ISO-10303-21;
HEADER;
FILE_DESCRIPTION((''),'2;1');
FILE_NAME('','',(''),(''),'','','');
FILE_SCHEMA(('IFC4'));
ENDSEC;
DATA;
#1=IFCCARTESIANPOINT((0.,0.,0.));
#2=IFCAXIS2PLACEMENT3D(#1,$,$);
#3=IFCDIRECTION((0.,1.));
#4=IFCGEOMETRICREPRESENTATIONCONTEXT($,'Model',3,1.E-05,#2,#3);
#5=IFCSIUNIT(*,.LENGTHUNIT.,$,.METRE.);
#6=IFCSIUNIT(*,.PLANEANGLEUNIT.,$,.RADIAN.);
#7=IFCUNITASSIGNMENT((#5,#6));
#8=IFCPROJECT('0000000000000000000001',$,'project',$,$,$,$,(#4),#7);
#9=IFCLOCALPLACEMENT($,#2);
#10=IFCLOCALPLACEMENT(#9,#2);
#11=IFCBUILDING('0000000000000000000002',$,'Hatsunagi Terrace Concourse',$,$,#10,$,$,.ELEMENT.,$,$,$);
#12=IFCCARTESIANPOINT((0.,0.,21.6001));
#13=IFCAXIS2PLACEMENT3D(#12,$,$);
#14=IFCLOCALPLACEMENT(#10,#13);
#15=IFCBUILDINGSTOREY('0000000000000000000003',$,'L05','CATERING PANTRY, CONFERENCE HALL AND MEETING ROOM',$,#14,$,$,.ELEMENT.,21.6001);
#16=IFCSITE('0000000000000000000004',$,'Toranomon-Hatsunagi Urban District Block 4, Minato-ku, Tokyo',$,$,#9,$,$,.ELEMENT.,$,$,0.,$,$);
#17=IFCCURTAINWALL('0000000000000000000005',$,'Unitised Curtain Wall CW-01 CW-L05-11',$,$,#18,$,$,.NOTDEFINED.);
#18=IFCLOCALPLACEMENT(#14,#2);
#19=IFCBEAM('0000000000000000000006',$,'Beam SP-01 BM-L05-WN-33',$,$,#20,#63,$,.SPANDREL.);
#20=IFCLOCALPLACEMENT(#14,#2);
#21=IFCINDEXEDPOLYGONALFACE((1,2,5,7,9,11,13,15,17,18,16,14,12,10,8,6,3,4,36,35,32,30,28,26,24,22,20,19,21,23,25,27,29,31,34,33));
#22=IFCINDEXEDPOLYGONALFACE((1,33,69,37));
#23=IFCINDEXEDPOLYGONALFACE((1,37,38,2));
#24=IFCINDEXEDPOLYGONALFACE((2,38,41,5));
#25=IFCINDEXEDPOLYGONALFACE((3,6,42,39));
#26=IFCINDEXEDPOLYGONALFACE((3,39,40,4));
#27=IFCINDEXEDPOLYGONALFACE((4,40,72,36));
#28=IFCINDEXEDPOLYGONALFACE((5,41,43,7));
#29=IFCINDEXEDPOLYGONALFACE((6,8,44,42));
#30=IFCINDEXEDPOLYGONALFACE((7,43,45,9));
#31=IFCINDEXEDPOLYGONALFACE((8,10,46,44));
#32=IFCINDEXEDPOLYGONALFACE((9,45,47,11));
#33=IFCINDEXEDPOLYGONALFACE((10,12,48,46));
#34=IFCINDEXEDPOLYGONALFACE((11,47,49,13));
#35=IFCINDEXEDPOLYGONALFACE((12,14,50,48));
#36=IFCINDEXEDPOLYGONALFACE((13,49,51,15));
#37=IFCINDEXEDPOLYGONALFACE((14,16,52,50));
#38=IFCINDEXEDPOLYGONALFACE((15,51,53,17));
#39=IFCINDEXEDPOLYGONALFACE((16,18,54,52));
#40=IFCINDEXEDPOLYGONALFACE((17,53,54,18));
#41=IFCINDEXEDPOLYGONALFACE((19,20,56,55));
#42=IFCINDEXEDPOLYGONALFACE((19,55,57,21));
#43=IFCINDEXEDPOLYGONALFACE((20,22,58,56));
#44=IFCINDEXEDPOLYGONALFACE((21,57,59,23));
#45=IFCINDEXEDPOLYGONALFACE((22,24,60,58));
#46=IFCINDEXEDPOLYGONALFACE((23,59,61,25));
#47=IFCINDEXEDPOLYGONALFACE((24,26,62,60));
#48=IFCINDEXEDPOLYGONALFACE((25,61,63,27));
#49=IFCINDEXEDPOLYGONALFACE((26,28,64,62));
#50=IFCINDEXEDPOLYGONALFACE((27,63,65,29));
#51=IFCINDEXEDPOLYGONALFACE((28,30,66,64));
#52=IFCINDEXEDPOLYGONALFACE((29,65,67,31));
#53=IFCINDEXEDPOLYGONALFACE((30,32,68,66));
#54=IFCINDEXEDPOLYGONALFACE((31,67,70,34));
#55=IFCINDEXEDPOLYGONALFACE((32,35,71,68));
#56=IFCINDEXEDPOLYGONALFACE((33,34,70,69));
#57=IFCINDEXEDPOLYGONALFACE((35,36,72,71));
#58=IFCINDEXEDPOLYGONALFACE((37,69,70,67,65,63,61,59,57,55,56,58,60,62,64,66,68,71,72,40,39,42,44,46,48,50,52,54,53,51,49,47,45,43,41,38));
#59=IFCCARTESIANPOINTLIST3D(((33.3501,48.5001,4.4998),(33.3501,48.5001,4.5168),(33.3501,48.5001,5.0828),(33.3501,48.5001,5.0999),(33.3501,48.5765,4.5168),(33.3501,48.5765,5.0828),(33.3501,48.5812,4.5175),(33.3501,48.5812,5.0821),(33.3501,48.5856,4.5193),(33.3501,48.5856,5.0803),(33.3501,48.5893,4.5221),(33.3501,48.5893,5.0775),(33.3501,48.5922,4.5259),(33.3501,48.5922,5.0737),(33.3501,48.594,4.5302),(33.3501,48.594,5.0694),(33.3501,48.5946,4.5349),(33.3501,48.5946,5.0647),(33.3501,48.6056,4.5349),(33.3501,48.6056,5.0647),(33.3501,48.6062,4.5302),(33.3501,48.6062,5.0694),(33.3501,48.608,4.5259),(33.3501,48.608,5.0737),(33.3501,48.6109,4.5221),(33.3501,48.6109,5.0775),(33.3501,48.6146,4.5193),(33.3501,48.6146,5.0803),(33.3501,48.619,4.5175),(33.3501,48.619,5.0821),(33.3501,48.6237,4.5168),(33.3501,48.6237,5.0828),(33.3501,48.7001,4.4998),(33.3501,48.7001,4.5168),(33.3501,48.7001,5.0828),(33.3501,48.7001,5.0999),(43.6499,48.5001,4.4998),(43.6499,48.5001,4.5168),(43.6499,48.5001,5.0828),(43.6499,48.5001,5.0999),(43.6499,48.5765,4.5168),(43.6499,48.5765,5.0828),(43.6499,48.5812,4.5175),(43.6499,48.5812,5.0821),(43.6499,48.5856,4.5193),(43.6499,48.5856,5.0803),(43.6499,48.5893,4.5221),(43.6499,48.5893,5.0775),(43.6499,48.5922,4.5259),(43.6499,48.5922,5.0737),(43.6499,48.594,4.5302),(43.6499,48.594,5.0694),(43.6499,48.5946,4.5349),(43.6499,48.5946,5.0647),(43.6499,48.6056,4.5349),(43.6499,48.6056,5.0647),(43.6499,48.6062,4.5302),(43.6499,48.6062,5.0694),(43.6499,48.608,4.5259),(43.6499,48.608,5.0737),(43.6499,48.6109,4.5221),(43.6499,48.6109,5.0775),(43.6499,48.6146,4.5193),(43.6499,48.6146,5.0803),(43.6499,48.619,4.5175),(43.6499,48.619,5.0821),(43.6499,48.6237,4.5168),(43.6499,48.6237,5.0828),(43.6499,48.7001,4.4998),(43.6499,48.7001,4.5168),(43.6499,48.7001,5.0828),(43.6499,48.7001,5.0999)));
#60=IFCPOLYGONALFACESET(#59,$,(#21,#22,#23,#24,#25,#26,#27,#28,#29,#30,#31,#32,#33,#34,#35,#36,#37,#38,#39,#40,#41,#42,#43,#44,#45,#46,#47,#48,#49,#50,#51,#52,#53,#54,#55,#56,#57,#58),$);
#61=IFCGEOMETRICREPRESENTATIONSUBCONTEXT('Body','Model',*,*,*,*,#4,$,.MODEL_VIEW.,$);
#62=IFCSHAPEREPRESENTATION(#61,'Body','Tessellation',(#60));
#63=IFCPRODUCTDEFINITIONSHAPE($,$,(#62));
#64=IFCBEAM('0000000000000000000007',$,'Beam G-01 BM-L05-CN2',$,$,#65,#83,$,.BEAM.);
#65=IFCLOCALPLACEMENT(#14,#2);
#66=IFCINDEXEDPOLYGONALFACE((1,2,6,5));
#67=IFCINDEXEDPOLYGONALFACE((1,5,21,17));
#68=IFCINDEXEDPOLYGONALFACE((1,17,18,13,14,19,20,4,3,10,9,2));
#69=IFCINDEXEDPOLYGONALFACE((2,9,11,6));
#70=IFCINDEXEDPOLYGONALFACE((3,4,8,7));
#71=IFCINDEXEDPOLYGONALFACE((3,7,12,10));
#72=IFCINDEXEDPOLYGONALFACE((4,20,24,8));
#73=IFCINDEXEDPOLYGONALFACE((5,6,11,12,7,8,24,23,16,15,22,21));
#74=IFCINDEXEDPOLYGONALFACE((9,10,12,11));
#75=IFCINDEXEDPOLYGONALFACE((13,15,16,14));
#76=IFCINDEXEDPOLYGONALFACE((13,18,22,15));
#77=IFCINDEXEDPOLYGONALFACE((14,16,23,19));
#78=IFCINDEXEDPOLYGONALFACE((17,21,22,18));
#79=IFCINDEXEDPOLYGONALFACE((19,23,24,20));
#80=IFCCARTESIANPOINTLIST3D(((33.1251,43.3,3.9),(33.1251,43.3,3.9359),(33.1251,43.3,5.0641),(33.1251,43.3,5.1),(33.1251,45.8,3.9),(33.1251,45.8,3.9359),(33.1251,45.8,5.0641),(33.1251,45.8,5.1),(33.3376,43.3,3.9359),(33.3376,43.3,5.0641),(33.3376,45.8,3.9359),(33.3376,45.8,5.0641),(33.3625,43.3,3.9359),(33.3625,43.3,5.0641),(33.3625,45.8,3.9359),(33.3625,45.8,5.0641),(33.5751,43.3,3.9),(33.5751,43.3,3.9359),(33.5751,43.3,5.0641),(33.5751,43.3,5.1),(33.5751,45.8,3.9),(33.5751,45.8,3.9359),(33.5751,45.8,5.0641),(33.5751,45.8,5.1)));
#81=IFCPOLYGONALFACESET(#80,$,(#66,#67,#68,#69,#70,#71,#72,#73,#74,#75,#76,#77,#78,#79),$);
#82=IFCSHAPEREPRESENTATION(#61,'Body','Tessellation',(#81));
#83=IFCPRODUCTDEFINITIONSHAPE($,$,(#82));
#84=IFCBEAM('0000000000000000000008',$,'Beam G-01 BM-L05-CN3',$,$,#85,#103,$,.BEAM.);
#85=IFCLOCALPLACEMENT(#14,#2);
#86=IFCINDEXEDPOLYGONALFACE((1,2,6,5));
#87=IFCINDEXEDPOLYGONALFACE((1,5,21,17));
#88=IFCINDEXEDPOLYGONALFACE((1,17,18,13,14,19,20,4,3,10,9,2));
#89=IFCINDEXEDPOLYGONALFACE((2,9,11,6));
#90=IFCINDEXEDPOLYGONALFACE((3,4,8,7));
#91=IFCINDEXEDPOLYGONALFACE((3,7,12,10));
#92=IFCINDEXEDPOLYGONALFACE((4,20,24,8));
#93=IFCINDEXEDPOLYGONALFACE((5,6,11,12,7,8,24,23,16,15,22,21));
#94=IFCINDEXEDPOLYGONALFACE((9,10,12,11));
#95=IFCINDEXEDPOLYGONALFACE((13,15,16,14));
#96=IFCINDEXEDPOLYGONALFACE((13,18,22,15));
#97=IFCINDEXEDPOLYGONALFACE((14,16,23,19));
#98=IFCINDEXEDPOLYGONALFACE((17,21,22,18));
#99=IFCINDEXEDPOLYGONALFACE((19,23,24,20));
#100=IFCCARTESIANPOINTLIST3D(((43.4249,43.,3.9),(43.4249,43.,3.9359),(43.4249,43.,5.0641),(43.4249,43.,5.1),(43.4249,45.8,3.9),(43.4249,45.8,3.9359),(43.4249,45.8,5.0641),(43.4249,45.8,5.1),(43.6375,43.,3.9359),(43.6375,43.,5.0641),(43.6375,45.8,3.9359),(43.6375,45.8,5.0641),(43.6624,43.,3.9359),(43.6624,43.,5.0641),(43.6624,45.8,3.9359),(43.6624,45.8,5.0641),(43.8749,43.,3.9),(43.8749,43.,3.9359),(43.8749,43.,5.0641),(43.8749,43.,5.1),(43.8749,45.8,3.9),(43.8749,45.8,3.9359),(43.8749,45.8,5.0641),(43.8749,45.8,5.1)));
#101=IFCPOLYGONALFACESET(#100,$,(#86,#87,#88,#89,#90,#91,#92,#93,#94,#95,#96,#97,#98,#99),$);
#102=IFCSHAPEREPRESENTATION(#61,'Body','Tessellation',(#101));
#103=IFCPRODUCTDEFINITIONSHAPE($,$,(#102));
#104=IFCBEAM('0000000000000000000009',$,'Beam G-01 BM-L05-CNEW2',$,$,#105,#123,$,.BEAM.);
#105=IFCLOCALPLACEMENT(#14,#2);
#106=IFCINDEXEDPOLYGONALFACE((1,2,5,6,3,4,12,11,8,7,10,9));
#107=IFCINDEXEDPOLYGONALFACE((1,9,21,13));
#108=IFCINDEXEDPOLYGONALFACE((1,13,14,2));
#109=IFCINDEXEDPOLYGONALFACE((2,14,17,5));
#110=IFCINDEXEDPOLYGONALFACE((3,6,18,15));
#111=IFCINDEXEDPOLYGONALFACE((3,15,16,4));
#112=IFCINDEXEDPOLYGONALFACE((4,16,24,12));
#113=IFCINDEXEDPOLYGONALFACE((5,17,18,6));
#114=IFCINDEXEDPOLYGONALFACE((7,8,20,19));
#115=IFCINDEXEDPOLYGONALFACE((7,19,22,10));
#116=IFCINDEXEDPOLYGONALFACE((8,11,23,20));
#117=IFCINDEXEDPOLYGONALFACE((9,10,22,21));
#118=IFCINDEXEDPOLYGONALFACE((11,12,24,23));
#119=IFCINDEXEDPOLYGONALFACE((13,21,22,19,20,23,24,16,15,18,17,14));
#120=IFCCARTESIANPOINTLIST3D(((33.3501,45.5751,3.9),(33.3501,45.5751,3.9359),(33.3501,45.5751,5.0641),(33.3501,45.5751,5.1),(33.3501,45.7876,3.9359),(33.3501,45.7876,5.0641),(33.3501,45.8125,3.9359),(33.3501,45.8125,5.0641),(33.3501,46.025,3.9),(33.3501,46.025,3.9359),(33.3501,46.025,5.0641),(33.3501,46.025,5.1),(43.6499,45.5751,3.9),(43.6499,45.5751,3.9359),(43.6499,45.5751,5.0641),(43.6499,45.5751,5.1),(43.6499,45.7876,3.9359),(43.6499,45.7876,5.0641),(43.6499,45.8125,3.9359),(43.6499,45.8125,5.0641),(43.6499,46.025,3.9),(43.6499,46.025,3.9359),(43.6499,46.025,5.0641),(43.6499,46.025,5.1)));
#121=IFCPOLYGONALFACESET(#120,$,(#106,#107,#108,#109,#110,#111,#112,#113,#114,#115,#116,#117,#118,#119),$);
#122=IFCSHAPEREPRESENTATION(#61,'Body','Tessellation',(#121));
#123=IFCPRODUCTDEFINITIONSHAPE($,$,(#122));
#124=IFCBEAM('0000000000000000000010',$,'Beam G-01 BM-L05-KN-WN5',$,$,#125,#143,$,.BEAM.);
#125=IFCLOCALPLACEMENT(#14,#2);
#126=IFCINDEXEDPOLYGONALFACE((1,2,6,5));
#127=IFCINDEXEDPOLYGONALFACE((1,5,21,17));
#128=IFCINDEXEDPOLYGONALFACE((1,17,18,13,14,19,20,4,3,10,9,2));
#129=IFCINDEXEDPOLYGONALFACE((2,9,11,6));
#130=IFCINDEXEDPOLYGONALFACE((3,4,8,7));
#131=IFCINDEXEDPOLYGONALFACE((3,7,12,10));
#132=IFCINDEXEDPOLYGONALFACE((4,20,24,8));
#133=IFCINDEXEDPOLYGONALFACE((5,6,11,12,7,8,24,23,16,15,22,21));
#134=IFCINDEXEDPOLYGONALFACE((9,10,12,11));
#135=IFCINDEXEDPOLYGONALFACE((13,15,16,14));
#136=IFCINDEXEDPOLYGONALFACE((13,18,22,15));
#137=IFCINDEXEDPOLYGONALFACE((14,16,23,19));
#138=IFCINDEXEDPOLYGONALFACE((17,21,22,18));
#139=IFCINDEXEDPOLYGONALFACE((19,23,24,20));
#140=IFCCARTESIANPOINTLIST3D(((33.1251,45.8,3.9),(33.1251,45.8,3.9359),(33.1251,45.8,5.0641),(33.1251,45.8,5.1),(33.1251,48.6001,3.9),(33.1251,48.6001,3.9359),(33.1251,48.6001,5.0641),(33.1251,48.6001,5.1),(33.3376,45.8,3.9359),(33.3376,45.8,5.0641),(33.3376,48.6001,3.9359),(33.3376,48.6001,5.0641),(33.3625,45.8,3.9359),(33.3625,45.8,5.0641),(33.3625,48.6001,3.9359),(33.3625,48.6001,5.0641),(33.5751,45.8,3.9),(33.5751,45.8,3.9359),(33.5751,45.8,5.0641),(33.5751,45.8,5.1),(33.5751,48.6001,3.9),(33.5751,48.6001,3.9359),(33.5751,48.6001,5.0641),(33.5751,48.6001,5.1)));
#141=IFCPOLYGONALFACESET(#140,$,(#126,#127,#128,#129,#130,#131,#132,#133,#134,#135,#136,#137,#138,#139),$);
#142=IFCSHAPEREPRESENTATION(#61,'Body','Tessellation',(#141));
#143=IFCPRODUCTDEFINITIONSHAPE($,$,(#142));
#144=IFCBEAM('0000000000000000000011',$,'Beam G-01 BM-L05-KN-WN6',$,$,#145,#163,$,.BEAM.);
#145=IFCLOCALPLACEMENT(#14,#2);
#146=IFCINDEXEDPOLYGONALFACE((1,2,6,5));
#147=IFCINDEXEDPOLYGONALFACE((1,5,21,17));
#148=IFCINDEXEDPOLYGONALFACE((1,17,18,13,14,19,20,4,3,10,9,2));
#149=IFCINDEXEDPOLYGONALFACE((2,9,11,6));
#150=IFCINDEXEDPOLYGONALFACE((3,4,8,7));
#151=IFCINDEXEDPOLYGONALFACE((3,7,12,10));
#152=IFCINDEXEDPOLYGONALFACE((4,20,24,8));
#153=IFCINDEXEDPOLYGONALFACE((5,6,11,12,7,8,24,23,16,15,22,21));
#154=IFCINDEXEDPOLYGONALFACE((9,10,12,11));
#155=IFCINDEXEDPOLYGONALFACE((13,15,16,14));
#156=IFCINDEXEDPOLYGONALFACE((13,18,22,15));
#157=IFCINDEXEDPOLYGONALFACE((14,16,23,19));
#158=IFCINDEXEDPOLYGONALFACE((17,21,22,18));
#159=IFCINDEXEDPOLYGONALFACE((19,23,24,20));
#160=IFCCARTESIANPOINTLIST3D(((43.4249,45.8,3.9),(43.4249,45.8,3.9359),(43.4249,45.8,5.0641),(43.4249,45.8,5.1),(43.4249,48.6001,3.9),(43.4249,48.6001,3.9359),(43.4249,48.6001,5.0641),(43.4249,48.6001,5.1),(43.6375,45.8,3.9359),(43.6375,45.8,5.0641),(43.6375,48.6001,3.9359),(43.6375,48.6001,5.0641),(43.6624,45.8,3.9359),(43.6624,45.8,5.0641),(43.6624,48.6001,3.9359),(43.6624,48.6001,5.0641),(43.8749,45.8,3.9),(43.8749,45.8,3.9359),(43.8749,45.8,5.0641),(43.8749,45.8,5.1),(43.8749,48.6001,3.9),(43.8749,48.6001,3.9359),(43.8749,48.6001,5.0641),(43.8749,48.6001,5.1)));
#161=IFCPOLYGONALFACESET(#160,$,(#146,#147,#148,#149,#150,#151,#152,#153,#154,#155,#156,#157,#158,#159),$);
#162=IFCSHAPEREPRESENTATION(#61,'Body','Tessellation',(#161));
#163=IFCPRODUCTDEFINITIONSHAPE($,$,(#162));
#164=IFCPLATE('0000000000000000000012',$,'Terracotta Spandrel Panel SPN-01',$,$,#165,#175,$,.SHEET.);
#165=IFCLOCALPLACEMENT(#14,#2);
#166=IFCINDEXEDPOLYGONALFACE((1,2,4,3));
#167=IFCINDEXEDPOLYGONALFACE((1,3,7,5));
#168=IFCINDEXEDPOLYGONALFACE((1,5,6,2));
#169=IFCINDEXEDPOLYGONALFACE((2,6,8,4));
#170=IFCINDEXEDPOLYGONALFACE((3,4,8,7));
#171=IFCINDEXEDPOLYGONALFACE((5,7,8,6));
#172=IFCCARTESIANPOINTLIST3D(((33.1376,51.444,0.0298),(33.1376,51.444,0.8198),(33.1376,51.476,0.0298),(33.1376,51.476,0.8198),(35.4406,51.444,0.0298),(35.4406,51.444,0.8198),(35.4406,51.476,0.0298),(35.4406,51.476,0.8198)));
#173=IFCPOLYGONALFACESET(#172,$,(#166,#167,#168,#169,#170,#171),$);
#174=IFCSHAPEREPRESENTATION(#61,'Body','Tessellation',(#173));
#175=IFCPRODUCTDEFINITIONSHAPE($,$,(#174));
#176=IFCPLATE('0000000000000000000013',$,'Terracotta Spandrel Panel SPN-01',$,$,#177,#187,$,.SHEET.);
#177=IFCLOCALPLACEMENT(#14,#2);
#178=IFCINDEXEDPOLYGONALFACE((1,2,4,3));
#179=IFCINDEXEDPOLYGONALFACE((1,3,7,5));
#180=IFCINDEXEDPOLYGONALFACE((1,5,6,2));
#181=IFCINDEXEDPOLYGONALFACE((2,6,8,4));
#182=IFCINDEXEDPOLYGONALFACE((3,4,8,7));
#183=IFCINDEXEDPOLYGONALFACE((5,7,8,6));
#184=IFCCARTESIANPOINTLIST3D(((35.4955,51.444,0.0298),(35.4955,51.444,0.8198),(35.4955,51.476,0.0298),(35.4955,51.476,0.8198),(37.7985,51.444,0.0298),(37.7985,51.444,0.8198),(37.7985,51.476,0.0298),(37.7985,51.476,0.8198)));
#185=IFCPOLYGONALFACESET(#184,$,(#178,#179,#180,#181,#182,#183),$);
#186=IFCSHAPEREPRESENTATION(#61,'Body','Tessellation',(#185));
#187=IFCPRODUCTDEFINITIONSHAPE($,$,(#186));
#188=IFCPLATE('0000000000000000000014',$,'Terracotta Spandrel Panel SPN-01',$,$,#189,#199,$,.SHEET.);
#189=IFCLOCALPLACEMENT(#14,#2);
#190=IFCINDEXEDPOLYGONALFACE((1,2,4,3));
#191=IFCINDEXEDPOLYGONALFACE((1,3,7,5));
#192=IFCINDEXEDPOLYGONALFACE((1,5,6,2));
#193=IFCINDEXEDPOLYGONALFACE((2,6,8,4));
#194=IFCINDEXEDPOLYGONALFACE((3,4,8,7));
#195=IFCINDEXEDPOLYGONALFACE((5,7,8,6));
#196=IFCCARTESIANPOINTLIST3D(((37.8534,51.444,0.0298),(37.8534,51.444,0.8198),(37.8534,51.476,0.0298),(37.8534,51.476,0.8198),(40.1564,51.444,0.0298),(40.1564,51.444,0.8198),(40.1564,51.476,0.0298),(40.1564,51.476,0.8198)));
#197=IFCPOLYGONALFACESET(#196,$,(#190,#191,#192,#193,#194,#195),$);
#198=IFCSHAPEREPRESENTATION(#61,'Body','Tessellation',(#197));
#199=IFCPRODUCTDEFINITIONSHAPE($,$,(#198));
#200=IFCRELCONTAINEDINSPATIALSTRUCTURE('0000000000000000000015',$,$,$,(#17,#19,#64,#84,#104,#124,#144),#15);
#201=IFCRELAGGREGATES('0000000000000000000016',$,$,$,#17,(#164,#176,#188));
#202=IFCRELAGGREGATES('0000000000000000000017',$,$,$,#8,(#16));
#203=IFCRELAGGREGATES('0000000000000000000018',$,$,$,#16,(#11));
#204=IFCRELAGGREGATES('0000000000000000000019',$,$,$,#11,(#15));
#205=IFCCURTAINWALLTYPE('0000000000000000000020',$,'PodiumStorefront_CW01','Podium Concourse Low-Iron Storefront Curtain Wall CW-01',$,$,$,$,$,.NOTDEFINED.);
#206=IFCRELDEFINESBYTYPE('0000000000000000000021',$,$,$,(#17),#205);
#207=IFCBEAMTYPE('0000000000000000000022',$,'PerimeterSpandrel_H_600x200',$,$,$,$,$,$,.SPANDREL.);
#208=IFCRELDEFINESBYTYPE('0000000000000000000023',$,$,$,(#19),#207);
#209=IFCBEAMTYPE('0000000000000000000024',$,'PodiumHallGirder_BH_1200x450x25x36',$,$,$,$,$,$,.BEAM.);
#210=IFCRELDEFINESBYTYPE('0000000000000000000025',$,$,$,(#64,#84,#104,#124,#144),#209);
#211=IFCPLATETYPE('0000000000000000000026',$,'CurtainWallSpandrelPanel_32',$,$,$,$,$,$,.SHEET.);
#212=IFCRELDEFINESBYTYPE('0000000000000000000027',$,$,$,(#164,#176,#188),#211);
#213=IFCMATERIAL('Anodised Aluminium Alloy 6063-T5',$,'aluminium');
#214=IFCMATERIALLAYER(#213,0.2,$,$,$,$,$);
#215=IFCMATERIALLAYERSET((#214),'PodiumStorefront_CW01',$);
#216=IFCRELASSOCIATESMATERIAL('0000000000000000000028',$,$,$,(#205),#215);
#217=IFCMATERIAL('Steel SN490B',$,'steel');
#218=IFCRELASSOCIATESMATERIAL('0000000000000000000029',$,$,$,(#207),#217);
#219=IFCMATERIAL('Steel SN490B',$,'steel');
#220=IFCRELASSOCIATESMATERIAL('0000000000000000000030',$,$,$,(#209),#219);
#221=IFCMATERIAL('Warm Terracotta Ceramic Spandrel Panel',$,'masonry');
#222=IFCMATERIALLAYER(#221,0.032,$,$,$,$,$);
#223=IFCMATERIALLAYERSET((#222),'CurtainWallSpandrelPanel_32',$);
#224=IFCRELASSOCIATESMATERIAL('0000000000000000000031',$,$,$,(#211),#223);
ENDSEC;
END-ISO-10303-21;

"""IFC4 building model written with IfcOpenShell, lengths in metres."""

from ifc_helpers import new_model, si_unit, direction, frame, origin, origin_2d, place, context, subcontext, project, spatial, rectangle, i_section, extrude, material, layer, layer_set, material_profile, profile_set, type_object, element, aggregate, save


model = new_model("IFC4")

# Units and contexts
model_context = context("Model", 3, precision=1e-05, world=origin(), true_north=direction((0.0, 1.0)))
body_context = subcontext(model_context, "Body", "Model", "MODEL_VIEW")
ifc_project = project(units=[si_unit("LENGTHUNIT", "METRE"), si_unit("PLANEANGLEUNIT", "RADIAN")], contexts=[model_context])

# Site, building, storey
site_placement = place(None, origin())
site = spatial("IfcSite", under=ifc_project, at=site_placement, Name="Toranomon-Hatsunagi Urban District Block 4, Minato-ku, Tokyo", CompositionType="ELEMENT", RefElevation=0.0)
building_placement = place(site_placement, origin())
building = spatial("IfcBuilding", under=site, at=building_placement, Name="Hatsunagi Terrace Concourse", CompositionType="ELEMENT")
storey_placement = place(building_placement, frame((0.0, 0.0, 21.6001)))
storey = spatial("IfcBuildingStorey", under=building, at=storey_placement, Name="L05", Description="CATERING PANTRY, CONFERENCE HALL AND MEETING ROOM", CompositionType="ELEMENT", Elevation=21.6001)

# Curtain wall
ifc_material_1 = material(Name="Anodised Aluminium Alloy 6063-T5", Category="aluminium")
ifc_layer_1 = layer(ifc_material_1, 0.2)
ifc_layer_set_1 = layer_set([ifc_layer_1], Name="PodiumStorefront_CW01")
curtain_wall_type = type_object("IfcCurtainWallType", Name="PodiumStorefront_CW01", Description="Podium Concourse Low-Iron Storefront Curtain Wall CW-01", PredefinedType="NOTDEFINED", material=ifc_layer_set_1)
curtain_wall_placement = place(storey_placement, origin())
curtain_wall = element("IfcCurtainWall", 1, at=curtain_wall_placement, inside=storey, type_object=curtain_wall_type, Name="Unitised Curtain Wall CW-01 CW-L05-11", PredefinedType="NOTDEFINED")

# Beams
ifc_material_2 = material(Name="Steel SN490B", Category="steel")
ifc_material_profile_1 = material_profile(ifc_material_2, i_section(OverallWidth=0.2, OverallDepth=0.6001, WebThickness=0.011, FlangeThickness=0.0171, FilletRadius=0.0181, at=origin_2d()), Name="H-600x200x11x17")
ifc_profile_set_1 = profile_set([ifc_material_profile_1], Name="Steel SN490B")
beam_type_1 = type_object("IfcBeamType", Name="PerimeterSpandrel_H_600x200", PredefinedType="SPANDREL", material=ifc_profile_set_1)
beam_1_placement = place(storey_placement, frame((33.3501, 48.6001, 4.7998), z_axis=(1.0, 0.0, 0.0), x_axis=(0.0, 1.0, 0.0)))
element("IfcBeam", 2, at=beam_1_placement, inside=storey, type_object=beam_type_1, Name="Beam SP-01 BM-L05-WN-33", PredefinedType="SPANDREL", context=body_context, shape_type="SweptSolid", body=[
    extrude(i_section(OverallWidth=0.2, OverallDepth=0.6001, WebThickness=0.011, FlangeThickness=0.0171, FilletRadius=0.0181, at=origin_2d()), origin(), (0.0, 0.0, 1.0), 10.2998),
])
ifc_material_3 = material(Name="Steel SN490B", Category="steel")
ifc_material_profile_2 = material_profile(ifc_material_3, i_section(OverallWidth=0.45, OverallDepth=1.2, WebThickness=0.0249, FlangeThickness=0.0359, at=origin_2d()), Name="BH-1200x450x25x36")
ifc_profile_set_2 = profile_set([ifc_material_profile_2], Name="Steel SN490B")
beam_type_2 = type_object("IfcBeamType", Name="PodiumHallGirder_BH_1200x450x25x36", PredefinedType="BEAM", material=ifc_profile_set_2)
beam_2_placement = place(storey_placement, frame((33.3501, 43.3, 4.5), z_axis=(0.0, 1.0, 0.0), x_axis=(-1.0, 0.0, 0.0)))
element("IfcBeam", 3, at=beam_2_placement, inside=storey, type_object=beam_type_2, Name="Beam G-01 BM-L05-CN2", PredefinedType="BEAM", context=body_context, shape_type="SweptSolid", body=[
    extrude(i_section(OverallWidth=0.45, OverallDepth=1.2, WebThickness=0.0249, FlangeThickness=0.0359, at=origin_2d()), origin(), (0.0, 0.0, 1.0), 2.5),
])
beam_3_placement = place(storey_placement, frame((43.6499, 43.0, 4.5), z_axis=(0.0, 1.0, 0.0), x_axis=(-1.0, 0.0, 0.0)))
element("IfcBeam", 4, at=beam_3_placement, inside=storey, type_object=beam_type_2, Name="Beam G-01 BM-L05-CN3", PredefinedType="BEAM", context=body_context, shape_type="SweptSolid", body=[
    extrude(i_section(OverallWidth=0.45, OverallDepth=1.2, WebThickness=0.0249, FlangeThickness=0.0359, at=origin_2d()), origin(), (0.0, 0.0, 1.0), 2.8),
])
beam_4_placement = place(storey_placement, frame((33.3501, 45.8, 4.5), z_axis=(1.0, 0.0, 0.0), x_axis=(0.0, 1.0, 0.0)))
element("IfcBeam", 5, at=beam_4_placement, inside=storey, type_object=beam_type_2, Name="Beam G-01 BM-L05-CNEW2", PredefinedType="BEAM", context=body_context, shape_type="SweptSolid", body=[
    extrude(i_section(OverallWidth=0.45, OverallDepth=1.2, WebThickness=0.0249, FlangeThickness=0.0359, at=origin_2d()), origin(), (0.0, 0.0, 1.0), 10.2998),
])
for number, where, z_axis, x_axis, name in (
    (6, (33.3501, 45.8, 4.5), (0.0, 1.0, 0.0), (-1.0, 0.0, 0.0), "Beam G-01 BM-L05-KN-WN5"),
    (7, (43.6499, 45.8, 4.5), (0.0, 1.0, 0.0), (-1.0, 0.0, 0.0), "Beam G-01 BM-L05-KN-WN6"),
):
    element("IfcBeam", number, at=place(storey_placement, frame(where, z_axis=z_axis, x_axis=x_axis)), inside=storey, type_object=beam_type_2, Name=name, PredefinedType="BEAM", context=body_context, shape_type="SweptSolid", body=[
        extrude(i_section(OverallWidth=0.45, OverallDepth=1.2, WebThickness=0.0249, FlangeThickness=0.0359, at=origin_2d()), origin(), (0.0, 0.0, 1.0), 2.8),
    ])

# Plates
ifc_material_4 = material(Name="Warm Terracotta Ceramic Spandrel Panel", Category="masonry")
ifc_layer_2 = layer(ifc_material_4, 0.032)
ifc_layer_set_2 = layer_set([ifc_layer_2], Name="CurtainWallSpandrelPanel_32")
plate_type_1 = type_object("IfcPlateType", Name="CurtainWallSpandrelPanel_32", PredefinedType="SHEET", material=ifc_layer_set_2)
plate_1_placement = place(storey_placement, frame((34.2891, 51.46, 0.0298), z_axis=(0.0, 0.0, 1.0), x_axis=(1.0, 0.0, 0.0)))
plate_1 = element("IfcPlate", 8, at=plate_1_placement, type_object=plate_type_1, Name="Terracotta Spandrel Panel SPN-01", PredefinedType="SHEET", context=body_context, shape_type="SweptSolid", body=[
    extrude(rectangle(XDim=2.303, YDim=0.032, at=origin_2d()), origin(), (0.0, 0.0, 1.0), 0.79),
])
plate_2_placement = place(storey_placement, frame((36.647, 51.46, 0.0298), z_axis=(0.0, 0.0, 1.0), x_axis=(1.0, 0.0, 0.0)))
plate_2 = element("IfcPlate", 9, at=plate_2_placement, type_object=plate_type_1, Name="Terracotta Spandrel Panel SPN-01", PredefinedType="SHEET", context=body_context, shape_type="SweptSolid", body=[
    extrude(rectangle(XDim=2.303, YDim=0.032, at=origin_2d()), origin(), (0.0, 0.0, 1.0), 0.79),
])
plate_3_placement = place(storey_placement, frame((39.0049, 51.46, 0.0298), z_axis=(0.0, 0.0, 1.0), x_axis=(1.0, 0.0, 0.0)))
plate_3 = element("IfcPlate", 10, at=plate_3_placement, type_object=plate_type_1, Name="Terracotta Spandrel Panel SPN-01", PredefinedType="SHEET", context=body_context, shape_type="SweptSolid", body=[
    extrude(rectangle(XDim=2.303, YDim=0.032, at=origin_2d()), origin(), (0.0, 0.0, 1.0), 0.79),
])
aggregate(curtain_wall, [plate_1, plate_2, plate_3])

save(model, "model.ifc")
